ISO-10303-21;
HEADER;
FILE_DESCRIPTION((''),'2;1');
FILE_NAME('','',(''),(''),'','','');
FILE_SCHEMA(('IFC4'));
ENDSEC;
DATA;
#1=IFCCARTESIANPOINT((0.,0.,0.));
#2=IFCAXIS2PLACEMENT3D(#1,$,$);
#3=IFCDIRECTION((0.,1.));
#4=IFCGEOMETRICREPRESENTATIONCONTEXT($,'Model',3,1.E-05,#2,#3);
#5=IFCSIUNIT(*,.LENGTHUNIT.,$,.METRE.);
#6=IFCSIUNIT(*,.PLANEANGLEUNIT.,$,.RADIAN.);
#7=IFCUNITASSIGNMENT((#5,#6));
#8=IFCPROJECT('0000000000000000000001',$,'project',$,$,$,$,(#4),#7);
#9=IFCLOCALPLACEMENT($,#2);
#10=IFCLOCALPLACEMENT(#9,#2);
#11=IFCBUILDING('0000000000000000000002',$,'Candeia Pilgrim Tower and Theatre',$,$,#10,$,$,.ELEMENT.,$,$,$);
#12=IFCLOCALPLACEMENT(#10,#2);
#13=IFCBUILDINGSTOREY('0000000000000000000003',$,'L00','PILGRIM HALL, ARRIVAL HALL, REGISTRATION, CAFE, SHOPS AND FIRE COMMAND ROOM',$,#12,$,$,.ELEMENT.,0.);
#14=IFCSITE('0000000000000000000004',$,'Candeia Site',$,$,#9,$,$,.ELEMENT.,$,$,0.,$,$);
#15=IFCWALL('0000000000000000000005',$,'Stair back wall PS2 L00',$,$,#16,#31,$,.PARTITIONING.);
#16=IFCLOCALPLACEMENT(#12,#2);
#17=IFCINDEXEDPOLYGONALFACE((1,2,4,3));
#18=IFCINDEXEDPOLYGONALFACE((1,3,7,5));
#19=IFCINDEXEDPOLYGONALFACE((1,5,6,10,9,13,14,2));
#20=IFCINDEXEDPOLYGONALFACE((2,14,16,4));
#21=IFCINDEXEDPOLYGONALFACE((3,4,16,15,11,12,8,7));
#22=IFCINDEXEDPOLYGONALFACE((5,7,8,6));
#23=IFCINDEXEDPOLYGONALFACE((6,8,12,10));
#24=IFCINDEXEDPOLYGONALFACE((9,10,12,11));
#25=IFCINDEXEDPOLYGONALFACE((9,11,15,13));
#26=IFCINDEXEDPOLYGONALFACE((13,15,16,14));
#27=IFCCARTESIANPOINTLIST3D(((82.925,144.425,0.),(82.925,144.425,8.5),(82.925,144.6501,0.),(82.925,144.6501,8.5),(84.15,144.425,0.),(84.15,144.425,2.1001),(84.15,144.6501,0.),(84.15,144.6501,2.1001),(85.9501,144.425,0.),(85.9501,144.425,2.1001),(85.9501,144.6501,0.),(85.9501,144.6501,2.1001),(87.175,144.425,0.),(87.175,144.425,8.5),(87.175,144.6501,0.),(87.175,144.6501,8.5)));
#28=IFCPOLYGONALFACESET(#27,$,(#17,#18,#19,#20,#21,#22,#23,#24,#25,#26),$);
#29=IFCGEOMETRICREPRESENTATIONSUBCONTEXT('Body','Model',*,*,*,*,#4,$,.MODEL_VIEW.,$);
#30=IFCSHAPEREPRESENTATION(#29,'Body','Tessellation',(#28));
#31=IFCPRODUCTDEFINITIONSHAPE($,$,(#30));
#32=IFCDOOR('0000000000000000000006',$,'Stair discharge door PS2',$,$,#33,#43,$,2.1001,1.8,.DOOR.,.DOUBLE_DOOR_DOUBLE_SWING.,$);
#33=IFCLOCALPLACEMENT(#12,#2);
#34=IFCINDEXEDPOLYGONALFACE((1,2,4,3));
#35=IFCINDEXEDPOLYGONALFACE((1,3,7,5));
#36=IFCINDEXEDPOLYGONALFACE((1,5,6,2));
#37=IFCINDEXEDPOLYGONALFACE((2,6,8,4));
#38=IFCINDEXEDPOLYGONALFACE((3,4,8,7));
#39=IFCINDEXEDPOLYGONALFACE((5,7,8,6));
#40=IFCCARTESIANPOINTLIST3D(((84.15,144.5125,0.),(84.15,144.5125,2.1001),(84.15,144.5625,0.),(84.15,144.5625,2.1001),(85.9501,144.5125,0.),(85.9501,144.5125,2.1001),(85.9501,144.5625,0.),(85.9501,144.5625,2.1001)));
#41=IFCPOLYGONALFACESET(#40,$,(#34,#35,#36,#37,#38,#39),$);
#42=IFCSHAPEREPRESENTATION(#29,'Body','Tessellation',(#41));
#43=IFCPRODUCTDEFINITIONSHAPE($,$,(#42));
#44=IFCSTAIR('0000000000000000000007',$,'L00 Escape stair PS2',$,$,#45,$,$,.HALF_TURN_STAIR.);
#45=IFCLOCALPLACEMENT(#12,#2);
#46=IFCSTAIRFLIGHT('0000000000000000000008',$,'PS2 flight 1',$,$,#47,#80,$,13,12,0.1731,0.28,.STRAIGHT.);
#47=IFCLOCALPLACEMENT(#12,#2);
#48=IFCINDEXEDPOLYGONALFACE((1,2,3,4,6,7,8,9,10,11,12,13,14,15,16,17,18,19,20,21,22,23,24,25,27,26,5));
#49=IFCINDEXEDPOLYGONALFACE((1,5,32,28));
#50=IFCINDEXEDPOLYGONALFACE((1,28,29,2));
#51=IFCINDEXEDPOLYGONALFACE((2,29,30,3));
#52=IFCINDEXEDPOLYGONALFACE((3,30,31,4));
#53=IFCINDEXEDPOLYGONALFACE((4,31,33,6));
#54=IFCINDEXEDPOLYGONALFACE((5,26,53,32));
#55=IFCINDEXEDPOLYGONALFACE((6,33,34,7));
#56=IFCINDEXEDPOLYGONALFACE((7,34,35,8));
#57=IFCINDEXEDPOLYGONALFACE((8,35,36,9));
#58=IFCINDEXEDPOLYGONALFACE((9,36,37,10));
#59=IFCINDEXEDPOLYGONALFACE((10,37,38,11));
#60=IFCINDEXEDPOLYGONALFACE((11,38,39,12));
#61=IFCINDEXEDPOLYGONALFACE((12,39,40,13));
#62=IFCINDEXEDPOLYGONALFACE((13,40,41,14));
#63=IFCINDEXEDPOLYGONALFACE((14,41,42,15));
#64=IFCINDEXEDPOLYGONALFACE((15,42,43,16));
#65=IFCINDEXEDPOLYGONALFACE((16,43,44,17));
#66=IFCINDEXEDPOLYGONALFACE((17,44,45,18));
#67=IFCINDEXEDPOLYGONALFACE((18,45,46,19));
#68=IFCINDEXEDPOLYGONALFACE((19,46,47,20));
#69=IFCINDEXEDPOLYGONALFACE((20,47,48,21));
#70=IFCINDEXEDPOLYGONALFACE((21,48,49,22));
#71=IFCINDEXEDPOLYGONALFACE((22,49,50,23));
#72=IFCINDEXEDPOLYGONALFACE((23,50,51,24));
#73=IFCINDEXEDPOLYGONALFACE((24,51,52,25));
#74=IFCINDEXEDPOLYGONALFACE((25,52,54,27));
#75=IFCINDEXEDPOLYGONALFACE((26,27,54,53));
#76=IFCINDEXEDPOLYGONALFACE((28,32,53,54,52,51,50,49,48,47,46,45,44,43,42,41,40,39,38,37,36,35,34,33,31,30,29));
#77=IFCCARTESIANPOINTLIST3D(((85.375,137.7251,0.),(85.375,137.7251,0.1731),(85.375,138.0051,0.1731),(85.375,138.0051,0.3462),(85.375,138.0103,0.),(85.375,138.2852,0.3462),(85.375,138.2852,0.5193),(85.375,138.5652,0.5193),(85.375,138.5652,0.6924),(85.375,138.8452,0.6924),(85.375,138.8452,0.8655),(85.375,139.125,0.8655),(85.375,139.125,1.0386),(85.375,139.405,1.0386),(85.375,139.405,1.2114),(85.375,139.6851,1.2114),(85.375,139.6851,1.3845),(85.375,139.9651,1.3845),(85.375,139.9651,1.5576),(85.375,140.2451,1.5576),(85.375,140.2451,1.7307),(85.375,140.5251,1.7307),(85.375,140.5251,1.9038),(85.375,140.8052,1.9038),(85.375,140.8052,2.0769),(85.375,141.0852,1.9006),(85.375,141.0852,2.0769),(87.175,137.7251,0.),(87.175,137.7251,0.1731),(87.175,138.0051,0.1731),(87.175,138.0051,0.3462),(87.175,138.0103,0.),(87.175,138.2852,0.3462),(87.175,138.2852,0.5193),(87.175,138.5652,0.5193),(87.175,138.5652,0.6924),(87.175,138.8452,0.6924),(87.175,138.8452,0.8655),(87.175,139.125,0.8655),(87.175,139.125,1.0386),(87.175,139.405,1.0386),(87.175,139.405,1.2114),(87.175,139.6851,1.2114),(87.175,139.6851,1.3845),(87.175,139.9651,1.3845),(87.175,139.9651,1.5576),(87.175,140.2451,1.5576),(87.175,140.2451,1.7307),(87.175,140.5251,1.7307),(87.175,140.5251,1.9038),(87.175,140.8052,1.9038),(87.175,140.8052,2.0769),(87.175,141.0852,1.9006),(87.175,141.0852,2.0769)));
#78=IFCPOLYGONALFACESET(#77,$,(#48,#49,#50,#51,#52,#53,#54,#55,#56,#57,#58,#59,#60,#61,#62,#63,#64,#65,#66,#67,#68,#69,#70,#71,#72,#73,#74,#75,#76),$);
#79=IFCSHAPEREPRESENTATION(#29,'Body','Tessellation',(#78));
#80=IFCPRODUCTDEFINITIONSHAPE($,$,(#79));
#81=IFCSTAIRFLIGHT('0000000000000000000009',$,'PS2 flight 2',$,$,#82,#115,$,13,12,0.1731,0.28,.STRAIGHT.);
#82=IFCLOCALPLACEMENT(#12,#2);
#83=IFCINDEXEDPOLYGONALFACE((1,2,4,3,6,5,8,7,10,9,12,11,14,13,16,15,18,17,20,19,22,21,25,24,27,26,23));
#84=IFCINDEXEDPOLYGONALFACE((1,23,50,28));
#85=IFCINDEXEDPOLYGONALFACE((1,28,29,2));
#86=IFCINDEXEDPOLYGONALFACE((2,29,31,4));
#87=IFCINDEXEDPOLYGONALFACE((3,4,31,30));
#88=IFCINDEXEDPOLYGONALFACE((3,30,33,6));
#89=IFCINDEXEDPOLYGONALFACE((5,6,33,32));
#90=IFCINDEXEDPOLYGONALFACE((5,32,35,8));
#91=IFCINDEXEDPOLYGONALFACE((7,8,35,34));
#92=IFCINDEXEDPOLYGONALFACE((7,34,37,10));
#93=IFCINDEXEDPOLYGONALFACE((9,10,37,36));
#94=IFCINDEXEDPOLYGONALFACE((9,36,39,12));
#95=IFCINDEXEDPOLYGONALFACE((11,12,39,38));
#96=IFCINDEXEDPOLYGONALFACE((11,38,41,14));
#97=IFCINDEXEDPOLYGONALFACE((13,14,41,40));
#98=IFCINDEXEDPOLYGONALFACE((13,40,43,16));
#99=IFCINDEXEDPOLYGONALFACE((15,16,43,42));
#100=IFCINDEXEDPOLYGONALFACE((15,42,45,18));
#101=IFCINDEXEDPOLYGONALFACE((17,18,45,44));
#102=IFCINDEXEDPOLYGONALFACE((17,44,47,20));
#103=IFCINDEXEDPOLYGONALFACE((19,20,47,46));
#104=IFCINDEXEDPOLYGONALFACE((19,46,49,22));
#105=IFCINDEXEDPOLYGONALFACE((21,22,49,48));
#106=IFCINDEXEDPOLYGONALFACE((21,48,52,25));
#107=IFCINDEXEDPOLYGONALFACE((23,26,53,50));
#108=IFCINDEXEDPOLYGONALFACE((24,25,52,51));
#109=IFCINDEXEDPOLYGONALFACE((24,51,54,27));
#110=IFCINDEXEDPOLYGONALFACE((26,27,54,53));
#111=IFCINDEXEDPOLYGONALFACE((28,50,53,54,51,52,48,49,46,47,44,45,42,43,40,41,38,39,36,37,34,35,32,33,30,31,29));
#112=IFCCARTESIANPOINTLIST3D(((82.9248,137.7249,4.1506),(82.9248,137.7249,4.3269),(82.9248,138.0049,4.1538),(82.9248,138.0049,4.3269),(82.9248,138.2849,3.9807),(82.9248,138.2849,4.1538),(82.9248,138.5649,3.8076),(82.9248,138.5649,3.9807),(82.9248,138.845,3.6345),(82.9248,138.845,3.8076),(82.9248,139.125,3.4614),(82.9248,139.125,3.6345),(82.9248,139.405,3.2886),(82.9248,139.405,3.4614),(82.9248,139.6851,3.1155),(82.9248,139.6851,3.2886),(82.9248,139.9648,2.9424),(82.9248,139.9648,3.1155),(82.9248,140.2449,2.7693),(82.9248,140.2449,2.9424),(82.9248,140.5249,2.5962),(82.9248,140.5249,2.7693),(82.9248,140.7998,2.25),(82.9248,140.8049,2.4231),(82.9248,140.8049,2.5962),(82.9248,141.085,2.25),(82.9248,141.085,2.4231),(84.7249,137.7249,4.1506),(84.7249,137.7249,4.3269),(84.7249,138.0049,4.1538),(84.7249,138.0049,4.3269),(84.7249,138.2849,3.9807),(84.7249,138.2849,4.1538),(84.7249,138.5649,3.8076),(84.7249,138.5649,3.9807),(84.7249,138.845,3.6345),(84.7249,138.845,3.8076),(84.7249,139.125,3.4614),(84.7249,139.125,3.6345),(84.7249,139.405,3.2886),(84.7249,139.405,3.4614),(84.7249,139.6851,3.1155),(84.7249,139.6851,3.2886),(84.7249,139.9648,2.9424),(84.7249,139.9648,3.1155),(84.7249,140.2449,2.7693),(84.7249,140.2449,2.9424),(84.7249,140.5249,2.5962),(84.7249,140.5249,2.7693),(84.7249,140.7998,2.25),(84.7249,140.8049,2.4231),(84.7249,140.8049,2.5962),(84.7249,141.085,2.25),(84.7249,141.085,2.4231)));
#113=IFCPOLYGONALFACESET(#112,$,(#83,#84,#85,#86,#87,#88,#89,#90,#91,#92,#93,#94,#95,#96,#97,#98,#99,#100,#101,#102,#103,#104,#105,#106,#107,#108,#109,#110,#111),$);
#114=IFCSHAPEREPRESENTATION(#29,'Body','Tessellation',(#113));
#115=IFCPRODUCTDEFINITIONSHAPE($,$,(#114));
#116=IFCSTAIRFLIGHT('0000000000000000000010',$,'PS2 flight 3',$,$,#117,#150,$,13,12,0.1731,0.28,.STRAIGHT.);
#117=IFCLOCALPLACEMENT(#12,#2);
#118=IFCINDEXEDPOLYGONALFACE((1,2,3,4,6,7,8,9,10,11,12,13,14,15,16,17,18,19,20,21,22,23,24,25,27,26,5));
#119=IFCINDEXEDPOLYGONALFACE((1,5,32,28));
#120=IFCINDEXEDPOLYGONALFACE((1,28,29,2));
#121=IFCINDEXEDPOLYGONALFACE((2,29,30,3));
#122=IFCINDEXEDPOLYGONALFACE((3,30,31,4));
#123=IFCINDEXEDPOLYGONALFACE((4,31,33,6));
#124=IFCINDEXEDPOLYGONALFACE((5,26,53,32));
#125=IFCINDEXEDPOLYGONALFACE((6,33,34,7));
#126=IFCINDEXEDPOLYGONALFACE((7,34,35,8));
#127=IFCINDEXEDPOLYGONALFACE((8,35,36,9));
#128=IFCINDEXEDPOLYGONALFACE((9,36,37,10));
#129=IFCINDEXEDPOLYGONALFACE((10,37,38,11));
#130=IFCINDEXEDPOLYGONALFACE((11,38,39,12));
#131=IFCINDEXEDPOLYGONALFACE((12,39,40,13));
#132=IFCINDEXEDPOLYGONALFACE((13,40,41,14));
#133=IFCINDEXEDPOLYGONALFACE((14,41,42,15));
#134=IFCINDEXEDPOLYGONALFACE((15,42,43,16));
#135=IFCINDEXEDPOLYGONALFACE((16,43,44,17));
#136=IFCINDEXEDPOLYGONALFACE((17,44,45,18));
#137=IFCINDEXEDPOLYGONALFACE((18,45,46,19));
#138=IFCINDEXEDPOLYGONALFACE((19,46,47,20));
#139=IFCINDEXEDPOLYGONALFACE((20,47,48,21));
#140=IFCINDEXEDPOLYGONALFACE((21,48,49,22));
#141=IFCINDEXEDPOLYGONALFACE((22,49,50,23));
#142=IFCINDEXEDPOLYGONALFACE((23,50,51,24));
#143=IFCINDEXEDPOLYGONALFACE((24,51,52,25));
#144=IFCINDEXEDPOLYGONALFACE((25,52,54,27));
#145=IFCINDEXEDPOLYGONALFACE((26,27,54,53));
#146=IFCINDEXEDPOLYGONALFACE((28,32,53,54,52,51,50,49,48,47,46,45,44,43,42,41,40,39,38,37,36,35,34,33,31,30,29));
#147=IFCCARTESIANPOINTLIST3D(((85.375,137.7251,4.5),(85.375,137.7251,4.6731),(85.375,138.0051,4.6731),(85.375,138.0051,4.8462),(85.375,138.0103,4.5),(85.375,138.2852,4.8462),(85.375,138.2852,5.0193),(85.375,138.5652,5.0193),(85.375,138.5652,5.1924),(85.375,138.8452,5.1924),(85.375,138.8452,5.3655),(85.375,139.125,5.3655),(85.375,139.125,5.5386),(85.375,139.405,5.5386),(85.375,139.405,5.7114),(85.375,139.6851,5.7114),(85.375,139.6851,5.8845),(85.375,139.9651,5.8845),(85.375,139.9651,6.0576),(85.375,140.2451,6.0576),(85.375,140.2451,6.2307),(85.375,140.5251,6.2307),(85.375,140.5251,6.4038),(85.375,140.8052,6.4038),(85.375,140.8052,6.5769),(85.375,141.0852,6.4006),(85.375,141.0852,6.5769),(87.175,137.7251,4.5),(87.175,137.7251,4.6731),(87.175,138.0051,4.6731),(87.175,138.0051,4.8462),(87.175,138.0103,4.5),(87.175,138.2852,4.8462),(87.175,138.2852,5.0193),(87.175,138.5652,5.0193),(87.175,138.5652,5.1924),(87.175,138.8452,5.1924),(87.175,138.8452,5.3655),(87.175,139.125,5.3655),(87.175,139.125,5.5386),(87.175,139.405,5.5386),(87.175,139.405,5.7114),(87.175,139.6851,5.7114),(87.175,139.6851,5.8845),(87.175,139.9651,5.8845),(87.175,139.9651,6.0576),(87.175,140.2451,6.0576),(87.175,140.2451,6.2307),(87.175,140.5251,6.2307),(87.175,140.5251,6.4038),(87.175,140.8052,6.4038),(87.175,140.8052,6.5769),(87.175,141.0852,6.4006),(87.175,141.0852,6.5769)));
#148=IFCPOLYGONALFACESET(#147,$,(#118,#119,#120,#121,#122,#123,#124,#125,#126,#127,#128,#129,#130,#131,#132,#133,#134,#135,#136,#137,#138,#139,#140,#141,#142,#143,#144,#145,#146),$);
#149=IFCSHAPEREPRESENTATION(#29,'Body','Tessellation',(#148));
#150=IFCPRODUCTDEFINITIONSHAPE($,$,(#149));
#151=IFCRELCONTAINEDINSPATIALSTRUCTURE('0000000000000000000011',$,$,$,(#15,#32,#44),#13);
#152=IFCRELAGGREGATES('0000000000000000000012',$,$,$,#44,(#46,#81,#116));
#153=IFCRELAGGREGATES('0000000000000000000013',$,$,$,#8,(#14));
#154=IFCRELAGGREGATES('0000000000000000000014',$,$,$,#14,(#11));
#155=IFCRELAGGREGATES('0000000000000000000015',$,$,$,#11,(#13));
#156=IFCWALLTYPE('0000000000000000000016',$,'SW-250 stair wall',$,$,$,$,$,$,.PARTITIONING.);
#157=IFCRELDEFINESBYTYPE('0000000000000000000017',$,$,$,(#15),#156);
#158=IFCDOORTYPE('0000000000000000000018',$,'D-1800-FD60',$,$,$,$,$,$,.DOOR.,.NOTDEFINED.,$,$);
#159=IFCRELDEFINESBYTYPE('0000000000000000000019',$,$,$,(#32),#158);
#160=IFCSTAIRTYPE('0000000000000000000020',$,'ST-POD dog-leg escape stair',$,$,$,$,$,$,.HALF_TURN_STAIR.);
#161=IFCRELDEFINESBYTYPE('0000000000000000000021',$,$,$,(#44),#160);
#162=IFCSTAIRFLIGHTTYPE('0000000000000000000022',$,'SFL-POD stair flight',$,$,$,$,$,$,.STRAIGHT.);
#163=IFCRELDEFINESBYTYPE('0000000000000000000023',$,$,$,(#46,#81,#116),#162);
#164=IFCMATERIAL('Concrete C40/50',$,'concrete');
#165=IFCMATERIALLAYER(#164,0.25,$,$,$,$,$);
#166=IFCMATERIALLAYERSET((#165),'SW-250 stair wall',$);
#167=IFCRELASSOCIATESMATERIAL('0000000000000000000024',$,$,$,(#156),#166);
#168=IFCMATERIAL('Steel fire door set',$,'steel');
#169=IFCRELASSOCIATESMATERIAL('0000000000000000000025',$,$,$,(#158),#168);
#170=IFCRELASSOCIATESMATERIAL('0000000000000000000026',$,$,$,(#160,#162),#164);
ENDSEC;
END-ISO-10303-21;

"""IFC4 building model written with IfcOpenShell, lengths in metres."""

from ifc_helpers import new_model, si_unit, direction, frame, frame_2d, origin, place, context, subcontext, project, spatial, polyline, rectangle, outline, extrude, material, layer, layer_set, type_object, element, fill, aggregate, save


model = new_model("IFC4")

# Units and contexts
model_context = context("Model", 3, precision=1e-05, world=origin(), true_north=direction((0.0, 1.0)))
body_context = subcontext(model_context, "Body", "Model", "MODEL_VIEW")
ifc_project = project(units=[si_unit("LENGTHUNIT", "METRE"), si_unit("PLANEANGLEUNIT", "RADIAN")], contexts=[model_context])

# Site, building, storey
site_placement = place(None, origin())
site = spatial("IfcSite", under=ifc_project, at=site_placement, Name="Candeia Site", CompositionType="ELEMENT", RefElevation=0.0)
building_placement = place(site_placement, origin())
building = spatial("IfcBuilding", under=site, at=building_placement, Name="Candeia Pilgrim Tower and Theatre", CompositionType="ELEMENT")
storey_placement = place(building_placement, origin())
storey = spatial("IfcBuildingStorey", under=building, at=storey_placement, Name="L00", Description="PILGRIM HALL, ARRIVAL HALL, REGISTRATION, CAFE, SHOPS AND FIRE COMMAND ROOM", CompositionType="ELEMENT", Elevation=0.0)

# Shared definitions
ifc_material_1 = material(Name="Concrete C40/50", Category="concrete")

# Wall, opening, door
ifc_layer_1 = layer(ifc_material_1, 0.25)
ifc_layer_set_1 = layer_set([ifc_layer_1], Name="SW-250 stair wall")
wall_type_1 = type_object("IfcWallType", Name="SW-250 stair wall", PredefinedType="PARTITIONING", material=ifc_layer_set_1)
wall_1_placement = place(storey_placement, frame((82.925, 144.5376, 0.0), z_axis=(0.0, 0.0, 1.0), x_axis=(1.0, 0.0, 0.0)))
wall_1 = element("IfcWall", 1, at=wall_1_placement, inside=storey, type_object=wall_type_1, Name="Stair back wall PS2 L00", PredefinedType="PARTITIONING", context=body_context, shape_type="SweptSolid", body=[
    extrude(rectangle(XDim=4.25, YDim=0.2251, at=frame_2d((2.125, 0.0))), origin(), (0.0, 0.0, 1.0), 8.5),
])
opening_1_placement = place(wall_1_placement, frame((1.2251, 0.0, 0.0)))
opening_1 = element("IfcOpeningElement", 2, at=opening_1_placement, cuts=wall_1, PredefinedType="OPENING", context=body_context, shape_type="SweptSolid", body=[
    extrude(rectangle(XDim=1.8, YDim=2.1001, at=frame_2d((0.8999, 1.05))), frame((0.0, 0.1226, 0.0), z_axis=(0.0, -1.0, 0.0), x_axis=(1.0, 0.0, 0.0)), (0.0, 0.0, 1.0), 0.2451),
])
ifc_material_2 = material(Name="Steel fire door set", Category="steel")
door_type_1 = type_object("IfcDoorType", Name="D-1800-FD60", OperationType="NOTDEFINED", PredefinedType="DOOR", material=ifc_material_2)
door_1_placement = place(opening_1_placement, origin())
door_1 = element("IfcDoor", 3, at=door_1_placement, inside=storey, type_object=door_type_1, Name="Stair discharge door PS2", OperationType="DOUBLE_DOOR_DOUBLE_SWING", OverallHeight=2.1001, OverallWidth=1.8, PredefinedType="DOOR", context=body_context, shape_type="SweptSolid", body=[
    extrude(rectangle(XDim=1.8, YDim=2.1001, at=frame_2d((0.8999, 1.05))), frame((0.0, 0.0249, 0.0), z_axis=(0.0, -1.0, 0.0), x_axis=(1.0, 0.0, 0.0)), (0.0, 0.0, 1.0), 0.05),
])
fill(opening_1, door_1)

# Stair, stair flights
stair_type = type_object("IfcStairType", Name="ST-POD dog-leg escape stair", PredefinedType="HALF_TURN_STAIR", material=ifc_material_1)
stair_placement = place(storey_placement, origin())
stair = element("IfcStair", 4, at=stair_placement, inside=storey, type_object=stair_type, Name="L00 Escape stair PS2", PredefinedType="HALF_TURN_STAIR")
stair_flight_type = type_object("IfcStairFlightType", Name="SFL-POD stair flight", PredefinedType="STRAIGHT", material=ifc_material_1)
stair_flight_1_placement = place(storey_placement, frame((86.2749, 137.7251, 0.0), z_axis=(0.0, 0.0, 1.0), x_axis=(0.0, 1.0, 0.0)))
stair_flight_1 = element("IfcStairFlight", 5, at=stair_flight_1_placement, type_object=stair_flight_type, Name="PS2 flight 1", NumberOfRisers=13, NumberOfTreads=12, PredefinedType="STRAIGHT", RiserHeight=0.1731, TreadLength=0.28, context=body_context, shape_type="SweptSolid", body=[
    extrude(outline(polyline([(0.0, 0.0), (0.0, 0.1731), (0.28, 0.1731), (0.28, 0.3462), (0.5601, 0.3462), (0.5601, 0.5193), (0.8401, 0.5193), (0.8401, 0.6924), (1.1201, 0.6924), (1.1201, 0.8655), (1.3999, 0.8655), (1.3999, 1.0386), (1.6799, 1.0386), (1.6799, 1.2114), (1.96, 1.2114), (1.96, 1.3845), (2.24, 1.3845), (2.24, 1.5576), (2.52, 1.5576), (2.52, 1.7307), (2.8, 1.7307), (2.8, 1.9038), (3.0801, 1.9038), (3.0801, 2.0769), (3.3601, 2.0769), (3.3601, 2.25), (3.3601, 1.9006), (0.2852, 0.0), (0.0, 0.0)])), frame((0.0, 0.8999, 0.0), z_axis=(0.0, -1.0, 0.0), x_axis=(1.0, 0.0, 0.0)), (0.0, 0.0, 1.0), 1.8),
])
stair_flight_2_placement = place(storey_placement, frame((83.825, 141.085, 2.25), z_axis=(0.0, 0.0, 1.0), x_axis=(0.0, -1.0, 0.0)))
stair_flight_2 = element("IfcStairFlight", 6, at=stair_flight_2_placement, type_object=stair_flight_type, Name="PS2 flight 2", NumberOfRisers=13, NumberOfTreads=12, PredefinedType="STRAIGHT", RiserHeight=0.1731, TreadLength=0.28, context=body_context, shape_type="SweptSolid", body=[
    extrude(outline(polyline([(0.0, 0.0), (0.0, 0.1731), (0.28, 0.1731), (0.28, 0.3462), (0.5601, 0.3462), (0.5601, 0.5193), (0.8401, 0.5193), (0.8401, 0.6924), (1.1201, 0.6924), (1.1201, 0.8655), (1.3999, 0.8655), (1.3999, 1.0386), (1.6799, 1.0386), (1.6799, 1.2114), (1.96, 1.2114), (1.96, 1.3845), (2.24, 1.3845), (2.24, 1.5576), (2.52, 1.5576), (2.52, 1.7307), (2.8, 1.7307), (2.8, 1.9038), (3.0801, 1.9038), (3.0801, 2.0769), (3.3601, 2.0769), (3.3601, 2.25), (3.3601, 1.9006), (0.2852, 0.0), (0.0, 0.0)])), frame((0.0, 0.8999, 0.0), z_axis=(0.0, -1.0, 0.0), x_axis=(1.0, 0.0, 0.0)), (0.0, 0.0, 1.0), 1.8),
])
stair_flight_3_placement = place(storey_placement, frame((86.2749, 137.7251, 4.5), z_axis=(0.0, 0.0, 1.0), x_axis=(0.0, 1.0, 0.0)))
stair_flight_3 = element("IfcStairFlight", 7, at=stair_flight_3_placement, type_object=stair_flight_type, Name="PS2 flight 3", NumberOfRisers=13, NumberOfTreads=12, PredefinedType="STRAIGHT", RiserHeight=0.1731, TreadLength=0.28, context=body_context, shape_type="SweptSolid", body=[
    extrude(outline(polyline([(0.0, 0.0), (0.0, 0.1731), (0.28, 0.1731), (0.28, 0.3462), (0.5601, 0.3462), (0.5601, 0.5193), (0.8401, 0.5193), (0.8401, 0.6924), (1.1201, 0.6924), (1.1201, 0.8655), (1.3999, 0.8655), (1.3999, 1.0386), (1.6799, 1.0386), (1.6799, 1.2114), (1.96, 1.2114), (1.96, 1.3845), (2.24, 1.3845), (2.24, 1.5576), (2.52, 1.5576), (2.52, 1.7307), (2.8, 1.7307), (2.8, 1.9038), (3.0801, 1.9038), (3.0801, 2.0769), (3.3601, 2.0769), (3.3601, 2.25), (3.3601, 1.9006), (0.2852, 0.0), (0.0, 0.0)])), frame((0.0, 0.8999, 0.0), z_axis=(0.0, -1.0, 0.0), x_axis=(1.0, 0.0, 0.0)), (0.0, 0.0, 1.0), 1.8),
])
aggregate(stair, [stair_flight_1, stair_flight_2, stair_flight_3])

save(model, "model.ifc")
